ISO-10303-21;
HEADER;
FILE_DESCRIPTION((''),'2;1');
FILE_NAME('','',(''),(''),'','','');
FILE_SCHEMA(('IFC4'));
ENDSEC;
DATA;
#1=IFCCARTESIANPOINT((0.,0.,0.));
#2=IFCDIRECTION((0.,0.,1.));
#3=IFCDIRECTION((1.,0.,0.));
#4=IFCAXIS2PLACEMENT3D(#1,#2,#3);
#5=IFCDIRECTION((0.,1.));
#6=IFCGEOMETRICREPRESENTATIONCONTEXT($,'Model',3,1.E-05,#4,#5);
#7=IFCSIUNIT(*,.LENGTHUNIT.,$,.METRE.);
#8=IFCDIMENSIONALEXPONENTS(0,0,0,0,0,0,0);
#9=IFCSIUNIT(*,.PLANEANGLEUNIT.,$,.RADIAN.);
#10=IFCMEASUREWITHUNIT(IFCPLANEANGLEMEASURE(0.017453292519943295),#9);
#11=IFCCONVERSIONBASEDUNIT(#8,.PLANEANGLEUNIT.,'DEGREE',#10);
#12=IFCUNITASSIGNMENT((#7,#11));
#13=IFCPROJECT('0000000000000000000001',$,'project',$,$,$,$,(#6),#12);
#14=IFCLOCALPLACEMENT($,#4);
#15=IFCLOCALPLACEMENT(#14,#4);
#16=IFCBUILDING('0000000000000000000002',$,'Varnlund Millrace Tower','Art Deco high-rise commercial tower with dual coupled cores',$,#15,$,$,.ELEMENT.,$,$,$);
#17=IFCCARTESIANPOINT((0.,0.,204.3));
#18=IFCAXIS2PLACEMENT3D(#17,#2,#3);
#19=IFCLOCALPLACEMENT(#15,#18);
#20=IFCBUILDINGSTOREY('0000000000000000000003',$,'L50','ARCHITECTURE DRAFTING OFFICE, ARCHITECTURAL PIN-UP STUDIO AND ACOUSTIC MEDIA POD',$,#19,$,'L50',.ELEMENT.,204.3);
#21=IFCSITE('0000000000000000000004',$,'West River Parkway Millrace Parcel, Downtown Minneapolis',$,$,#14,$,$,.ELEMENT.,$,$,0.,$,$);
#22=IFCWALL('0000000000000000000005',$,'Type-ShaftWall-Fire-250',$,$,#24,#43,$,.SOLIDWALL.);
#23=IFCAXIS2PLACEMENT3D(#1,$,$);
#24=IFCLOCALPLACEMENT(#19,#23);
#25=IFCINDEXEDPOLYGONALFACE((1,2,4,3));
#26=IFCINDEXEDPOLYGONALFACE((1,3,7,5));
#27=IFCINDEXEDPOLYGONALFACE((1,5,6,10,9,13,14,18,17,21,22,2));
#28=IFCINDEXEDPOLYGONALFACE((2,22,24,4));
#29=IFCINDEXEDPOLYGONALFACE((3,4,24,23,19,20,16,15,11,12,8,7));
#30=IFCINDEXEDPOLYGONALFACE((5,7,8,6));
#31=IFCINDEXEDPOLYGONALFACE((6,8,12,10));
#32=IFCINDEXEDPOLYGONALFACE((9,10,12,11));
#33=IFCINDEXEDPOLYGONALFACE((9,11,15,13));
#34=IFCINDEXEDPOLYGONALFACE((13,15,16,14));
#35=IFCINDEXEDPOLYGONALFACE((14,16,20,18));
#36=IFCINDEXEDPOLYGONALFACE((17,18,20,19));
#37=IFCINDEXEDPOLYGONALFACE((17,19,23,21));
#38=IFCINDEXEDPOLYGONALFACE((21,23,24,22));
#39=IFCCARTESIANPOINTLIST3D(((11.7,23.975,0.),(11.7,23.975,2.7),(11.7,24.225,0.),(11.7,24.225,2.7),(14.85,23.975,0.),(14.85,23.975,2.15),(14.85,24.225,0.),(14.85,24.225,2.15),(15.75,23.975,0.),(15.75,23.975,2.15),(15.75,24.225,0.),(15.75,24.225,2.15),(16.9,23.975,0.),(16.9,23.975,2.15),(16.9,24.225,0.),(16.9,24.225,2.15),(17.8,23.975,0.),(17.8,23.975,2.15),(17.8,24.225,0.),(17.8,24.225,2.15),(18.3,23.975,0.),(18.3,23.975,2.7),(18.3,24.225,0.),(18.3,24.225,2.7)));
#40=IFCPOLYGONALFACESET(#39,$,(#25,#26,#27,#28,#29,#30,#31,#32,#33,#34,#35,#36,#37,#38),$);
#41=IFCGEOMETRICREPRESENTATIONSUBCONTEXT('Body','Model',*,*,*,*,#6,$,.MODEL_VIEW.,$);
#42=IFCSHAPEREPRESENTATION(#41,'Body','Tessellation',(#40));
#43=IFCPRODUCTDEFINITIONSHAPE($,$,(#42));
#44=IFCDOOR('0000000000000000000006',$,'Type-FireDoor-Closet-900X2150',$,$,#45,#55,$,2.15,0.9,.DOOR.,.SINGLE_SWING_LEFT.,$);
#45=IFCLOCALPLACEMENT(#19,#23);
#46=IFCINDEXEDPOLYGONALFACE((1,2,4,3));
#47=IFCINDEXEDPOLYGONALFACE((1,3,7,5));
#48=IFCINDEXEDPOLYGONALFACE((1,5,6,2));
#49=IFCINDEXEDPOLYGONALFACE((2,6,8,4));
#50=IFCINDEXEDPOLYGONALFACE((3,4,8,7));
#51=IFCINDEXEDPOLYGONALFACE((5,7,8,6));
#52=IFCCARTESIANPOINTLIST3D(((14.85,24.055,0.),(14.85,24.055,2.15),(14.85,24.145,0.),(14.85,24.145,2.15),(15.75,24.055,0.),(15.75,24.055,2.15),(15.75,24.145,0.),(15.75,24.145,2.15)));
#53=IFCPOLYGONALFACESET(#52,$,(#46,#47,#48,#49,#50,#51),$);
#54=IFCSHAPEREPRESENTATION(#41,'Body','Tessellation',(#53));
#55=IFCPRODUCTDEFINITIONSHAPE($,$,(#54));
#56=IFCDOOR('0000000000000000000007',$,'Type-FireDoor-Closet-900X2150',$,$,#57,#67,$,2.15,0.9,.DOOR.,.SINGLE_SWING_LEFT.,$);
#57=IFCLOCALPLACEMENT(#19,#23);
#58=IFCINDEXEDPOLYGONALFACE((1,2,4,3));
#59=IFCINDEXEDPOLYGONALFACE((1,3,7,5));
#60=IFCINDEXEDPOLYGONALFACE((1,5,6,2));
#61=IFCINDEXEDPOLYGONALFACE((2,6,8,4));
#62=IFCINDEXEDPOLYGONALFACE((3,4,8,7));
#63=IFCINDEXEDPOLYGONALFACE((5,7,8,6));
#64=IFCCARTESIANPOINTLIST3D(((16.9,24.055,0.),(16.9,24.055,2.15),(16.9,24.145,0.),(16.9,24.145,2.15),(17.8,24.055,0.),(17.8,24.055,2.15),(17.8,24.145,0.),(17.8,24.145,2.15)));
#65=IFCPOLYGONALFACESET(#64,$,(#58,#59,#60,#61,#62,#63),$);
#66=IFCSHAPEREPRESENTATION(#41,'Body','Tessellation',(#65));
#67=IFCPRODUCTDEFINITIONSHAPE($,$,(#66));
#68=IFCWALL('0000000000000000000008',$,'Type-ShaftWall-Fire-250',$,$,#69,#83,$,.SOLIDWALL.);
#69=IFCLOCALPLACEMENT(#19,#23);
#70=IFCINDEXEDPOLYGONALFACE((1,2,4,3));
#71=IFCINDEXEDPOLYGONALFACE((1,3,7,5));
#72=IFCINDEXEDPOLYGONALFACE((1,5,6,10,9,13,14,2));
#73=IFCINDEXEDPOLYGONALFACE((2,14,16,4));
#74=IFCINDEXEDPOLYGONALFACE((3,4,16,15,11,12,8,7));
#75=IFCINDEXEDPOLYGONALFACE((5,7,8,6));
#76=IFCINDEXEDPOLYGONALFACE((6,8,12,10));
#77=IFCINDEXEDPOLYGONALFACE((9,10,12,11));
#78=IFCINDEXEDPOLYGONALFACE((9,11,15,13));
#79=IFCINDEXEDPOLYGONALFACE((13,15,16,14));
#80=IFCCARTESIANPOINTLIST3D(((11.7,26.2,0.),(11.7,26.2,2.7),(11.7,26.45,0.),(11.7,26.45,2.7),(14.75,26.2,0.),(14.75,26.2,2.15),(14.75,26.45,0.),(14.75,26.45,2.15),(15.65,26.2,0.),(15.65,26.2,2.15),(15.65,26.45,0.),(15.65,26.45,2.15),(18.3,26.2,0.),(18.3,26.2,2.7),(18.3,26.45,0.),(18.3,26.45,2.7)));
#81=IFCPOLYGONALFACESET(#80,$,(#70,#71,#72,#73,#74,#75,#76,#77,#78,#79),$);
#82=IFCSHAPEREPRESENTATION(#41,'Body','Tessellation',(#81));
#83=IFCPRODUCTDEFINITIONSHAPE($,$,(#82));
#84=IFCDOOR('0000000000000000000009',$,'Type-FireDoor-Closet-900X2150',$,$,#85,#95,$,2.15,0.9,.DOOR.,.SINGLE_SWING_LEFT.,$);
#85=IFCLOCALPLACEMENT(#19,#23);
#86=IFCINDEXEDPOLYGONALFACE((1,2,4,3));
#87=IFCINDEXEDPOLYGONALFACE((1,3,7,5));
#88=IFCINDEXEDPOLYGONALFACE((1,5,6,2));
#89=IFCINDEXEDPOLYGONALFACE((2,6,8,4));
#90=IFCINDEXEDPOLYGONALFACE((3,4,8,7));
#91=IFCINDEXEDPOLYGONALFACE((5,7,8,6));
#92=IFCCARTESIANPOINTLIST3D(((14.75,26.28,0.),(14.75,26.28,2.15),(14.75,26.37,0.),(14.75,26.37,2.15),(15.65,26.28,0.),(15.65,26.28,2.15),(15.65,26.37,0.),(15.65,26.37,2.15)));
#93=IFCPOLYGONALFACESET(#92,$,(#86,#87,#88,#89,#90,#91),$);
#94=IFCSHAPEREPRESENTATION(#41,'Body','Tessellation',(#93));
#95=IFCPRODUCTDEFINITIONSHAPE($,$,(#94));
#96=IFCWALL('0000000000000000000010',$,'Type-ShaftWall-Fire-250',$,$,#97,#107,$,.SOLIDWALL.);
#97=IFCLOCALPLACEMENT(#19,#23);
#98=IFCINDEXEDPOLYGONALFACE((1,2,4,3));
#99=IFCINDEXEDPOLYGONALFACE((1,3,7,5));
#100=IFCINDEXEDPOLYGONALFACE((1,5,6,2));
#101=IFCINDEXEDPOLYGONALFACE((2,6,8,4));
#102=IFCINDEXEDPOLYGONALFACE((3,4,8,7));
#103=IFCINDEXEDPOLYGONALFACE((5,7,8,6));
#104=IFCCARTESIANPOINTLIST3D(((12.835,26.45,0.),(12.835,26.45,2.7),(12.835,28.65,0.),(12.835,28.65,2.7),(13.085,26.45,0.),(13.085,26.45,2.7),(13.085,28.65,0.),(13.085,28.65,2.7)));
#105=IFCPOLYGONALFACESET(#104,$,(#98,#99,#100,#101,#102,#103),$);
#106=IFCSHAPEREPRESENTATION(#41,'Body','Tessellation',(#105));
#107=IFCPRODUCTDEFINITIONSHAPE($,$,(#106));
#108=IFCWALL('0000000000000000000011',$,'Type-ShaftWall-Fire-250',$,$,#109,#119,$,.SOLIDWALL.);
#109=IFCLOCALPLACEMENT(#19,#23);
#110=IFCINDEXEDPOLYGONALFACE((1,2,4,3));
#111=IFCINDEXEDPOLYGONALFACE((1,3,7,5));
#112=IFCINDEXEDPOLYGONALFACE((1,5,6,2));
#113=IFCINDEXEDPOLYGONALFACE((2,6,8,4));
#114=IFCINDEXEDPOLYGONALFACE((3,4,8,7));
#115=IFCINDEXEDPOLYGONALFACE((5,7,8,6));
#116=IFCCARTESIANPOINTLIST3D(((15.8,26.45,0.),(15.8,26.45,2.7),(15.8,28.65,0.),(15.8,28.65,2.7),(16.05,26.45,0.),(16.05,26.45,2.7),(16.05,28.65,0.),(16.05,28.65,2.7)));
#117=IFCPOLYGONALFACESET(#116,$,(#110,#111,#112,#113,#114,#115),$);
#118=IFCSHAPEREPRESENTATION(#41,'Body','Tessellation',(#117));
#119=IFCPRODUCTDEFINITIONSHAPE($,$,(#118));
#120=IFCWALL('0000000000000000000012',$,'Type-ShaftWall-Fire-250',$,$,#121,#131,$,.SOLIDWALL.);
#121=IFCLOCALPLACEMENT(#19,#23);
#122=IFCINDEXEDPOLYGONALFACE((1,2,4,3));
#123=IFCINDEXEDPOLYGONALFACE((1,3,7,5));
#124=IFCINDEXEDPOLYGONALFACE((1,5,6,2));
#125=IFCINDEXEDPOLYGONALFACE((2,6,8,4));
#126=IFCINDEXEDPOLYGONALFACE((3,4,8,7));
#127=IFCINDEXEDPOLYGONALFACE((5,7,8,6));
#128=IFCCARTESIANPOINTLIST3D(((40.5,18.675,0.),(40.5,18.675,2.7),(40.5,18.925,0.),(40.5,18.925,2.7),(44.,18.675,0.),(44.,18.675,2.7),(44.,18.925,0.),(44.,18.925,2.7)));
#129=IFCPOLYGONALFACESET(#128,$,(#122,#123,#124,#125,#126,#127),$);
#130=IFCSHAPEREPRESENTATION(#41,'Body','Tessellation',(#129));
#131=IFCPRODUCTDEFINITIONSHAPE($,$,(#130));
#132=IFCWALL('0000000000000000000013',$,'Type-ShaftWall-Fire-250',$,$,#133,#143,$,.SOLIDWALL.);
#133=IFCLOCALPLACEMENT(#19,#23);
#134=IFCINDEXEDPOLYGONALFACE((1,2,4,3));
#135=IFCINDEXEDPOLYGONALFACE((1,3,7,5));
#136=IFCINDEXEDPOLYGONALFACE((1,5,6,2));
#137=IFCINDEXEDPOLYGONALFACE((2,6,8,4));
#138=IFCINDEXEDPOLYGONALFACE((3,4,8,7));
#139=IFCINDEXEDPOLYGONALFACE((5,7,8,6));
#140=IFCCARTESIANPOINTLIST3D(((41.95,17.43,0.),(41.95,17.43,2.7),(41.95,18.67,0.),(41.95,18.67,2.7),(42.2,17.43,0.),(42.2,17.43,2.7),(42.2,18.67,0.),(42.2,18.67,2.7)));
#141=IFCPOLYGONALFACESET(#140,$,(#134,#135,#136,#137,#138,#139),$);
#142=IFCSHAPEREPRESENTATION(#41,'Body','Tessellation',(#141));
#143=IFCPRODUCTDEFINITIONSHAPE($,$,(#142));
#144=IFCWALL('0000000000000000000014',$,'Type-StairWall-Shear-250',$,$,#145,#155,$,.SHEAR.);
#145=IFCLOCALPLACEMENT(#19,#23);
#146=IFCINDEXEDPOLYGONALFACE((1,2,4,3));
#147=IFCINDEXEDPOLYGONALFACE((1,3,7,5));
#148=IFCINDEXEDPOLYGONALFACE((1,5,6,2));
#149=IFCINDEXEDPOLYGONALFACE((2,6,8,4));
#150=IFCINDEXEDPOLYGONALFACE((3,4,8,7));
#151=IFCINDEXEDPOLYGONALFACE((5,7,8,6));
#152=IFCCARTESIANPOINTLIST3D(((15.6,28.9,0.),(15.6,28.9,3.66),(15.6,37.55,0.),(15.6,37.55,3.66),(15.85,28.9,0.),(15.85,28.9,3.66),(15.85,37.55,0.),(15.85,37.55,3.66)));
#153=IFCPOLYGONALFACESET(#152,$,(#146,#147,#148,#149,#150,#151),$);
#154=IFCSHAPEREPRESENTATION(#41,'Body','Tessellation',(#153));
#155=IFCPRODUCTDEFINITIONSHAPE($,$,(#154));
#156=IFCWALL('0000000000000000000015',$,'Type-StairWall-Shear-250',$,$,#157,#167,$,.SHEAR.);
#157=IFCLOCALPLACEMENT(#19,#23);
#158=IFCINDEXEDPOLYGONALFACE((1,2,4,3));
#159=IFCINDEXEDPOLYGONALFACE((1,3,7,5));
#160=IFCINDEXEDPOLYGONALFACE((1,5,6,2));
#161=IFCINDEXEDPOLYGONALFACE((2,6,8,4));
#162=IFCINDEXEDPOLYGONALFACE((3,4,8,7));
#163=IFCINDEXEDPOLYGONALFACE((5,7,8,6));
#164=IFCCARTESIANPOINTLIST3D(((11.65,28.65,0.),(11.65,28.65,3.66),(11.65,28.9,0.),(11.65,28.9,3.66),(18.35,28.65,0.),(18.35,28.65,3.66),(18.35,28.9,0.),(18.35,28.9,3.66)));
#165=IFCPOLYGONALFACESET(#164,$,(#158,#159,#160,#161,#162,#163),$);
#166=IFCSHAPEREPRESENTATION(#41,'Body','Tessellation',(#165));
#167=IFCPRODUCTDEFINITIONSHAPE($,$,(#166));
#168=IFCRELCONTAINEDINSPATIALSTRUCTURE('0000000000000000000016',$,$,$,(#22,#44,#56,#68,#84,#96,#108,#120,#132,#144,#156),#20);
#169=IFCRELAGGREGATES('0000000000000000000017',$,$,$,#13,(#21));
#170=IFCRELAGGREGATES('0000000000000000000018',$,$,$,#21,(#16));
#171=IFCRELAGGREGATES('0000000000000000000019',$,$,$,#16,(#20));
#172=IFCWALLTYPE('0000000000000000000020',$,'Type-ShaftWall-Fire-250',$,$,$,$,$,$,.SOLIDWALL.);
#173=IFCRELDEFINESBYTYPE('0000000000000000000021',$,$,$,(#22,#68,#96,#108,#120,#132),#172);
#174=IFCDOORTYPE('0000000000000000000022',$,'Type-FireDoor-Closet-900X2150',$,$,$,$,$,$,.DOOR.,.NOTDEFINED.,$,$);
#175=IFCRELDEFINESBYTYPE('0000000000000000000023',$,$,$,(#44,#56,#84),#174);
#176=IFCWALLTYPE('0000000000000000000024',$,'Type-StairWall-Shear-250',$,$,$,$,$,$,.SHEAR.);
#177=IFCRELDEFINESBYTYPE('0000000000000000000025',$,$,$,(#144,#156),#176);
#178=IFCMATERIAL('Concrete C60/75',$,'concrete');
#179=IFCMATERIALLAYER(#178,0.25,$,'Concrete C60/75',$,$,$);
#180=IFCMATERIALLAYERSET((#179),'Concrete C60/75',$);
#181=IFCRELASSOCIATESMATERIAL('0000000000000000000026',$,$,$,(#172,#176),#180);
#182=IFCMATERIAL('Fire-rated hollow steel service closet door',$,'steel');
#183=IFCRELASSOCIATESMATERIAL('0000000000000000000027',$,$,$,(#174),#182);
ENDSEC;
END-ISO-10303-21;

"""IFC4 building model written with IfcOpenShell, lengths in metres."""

from ifc_helpers import new_model, entity, si_unit, converted_unit, direction, frame, origin_with_axes, origin_2d_with_axis, place, context, subcontext, project, spatial, polyline, rectangle, outline, extrude, material, layer, layer_set, type_object, element, fill, save


model = new_model("IFC4")

# Units and contexts
model_context = context("Model", 3, precision=1e-05, world=origin_with_axes(), true_north=direction((0.0, 1.0)))
body_context = subcontext(model_context, "Body", "Model", "MODEL_VIEW")
ifc_project = project(units=[si_unit("LENGTHUNIT", "METRE"), converted_unit("PLANEANGLEUNIT", "DEGREE", entity("IfcPlaneAngleMeasure", 0.017453292519943295), si_unit("PLANEANGLEUNIT", "RADIAN"), dimensions=[0, 0, 0, 0, 0, 0, 0])], contexts=[model_context])

# Site, building, storey
site_placement = place(None, origin_with_axes())
site = spatial("IfcSite", under=ifc_project, at=site_placement, Name="West River Parkway Millrace Parcel, Downtown Minneapolis", CompositionType="ELEMENT", RefElevation=0.0)
building_placement = place(site_placement, origin_with_axes())
building = spatial("IfcBuilding", under=site, at=building_placement, Name="Varnlund Millrace Tower", Description="Art Deco high-rise commercial tower with dual coupled cores", CompositionType="ELEMENT")
storey_placement = place(building_placement, frame((0.0, 0.0, 204.3), z_axis=(0.0, 0.0, 1.0), x_axis=(1.0, 0.0, 0.0)))
storey = spatial("IfcBuildingStorey", under=building, at=storey_placement, Name="L50", Description="ARCHITECTURE DRAFTING OFFICE, ARCHITECTURAL PIN-UP STUDIO AND ACOUSTIC MEDIA POD", LongName="L50", CompositionType="ELEMENT", Elevation=204.3)

# Wall, openings, doors
ifc_material_1 = material(Name="Concrete C60/75", Category="concrete")
ifc_layer_1 = layer(ifc_material_1, 0.25, Name="Concrete C60/75")
ifc_layer_set_1 = layer_set([ifc_layer_1], Name="Concrete C60/75")
wall_type_1 = type_object("IfcWallType", Name="Type-ShaftWall-Fire-250", PredefinedType="SOLIDWALL", material=ifc_layer_set_1)
wall_1_placement = place(storey_placement, frame((11.7, 24.1, 0.0), z_axis=(0.0, 0.0, 1.0), x_axis=(1.0, 0.0, 0.0)))
wall_1 = element("IfcWall", 1, at=wall_1_placement, inside=storey, type_object=wall_type_1, Name="Type-ShaftWall-Fire-250", PredefinedType="SOLIDWALL", context=body_context, shape_type="SweptSolid", body=[
    extrude(outline(polyline([(0.0, -0.125), (6.6, -0.125), (6.6, 0.125), (0.0, 0.125), (0.0, -0.125)])), origin_with_axes(), (0.0, 0.0, 1.0), 2.7),
])
opening_1_placement = place(wall_1_placement, frame((3.6, 0.0, 0.0), z_axis=(0.0, 0.0, 1.0), x_axis=(1.0, 0.0, 0.0)))
opening_1 = element("IfcOpeningElement", 2, at=opening_1_placement, cuts=wall_1, PredefinedType="OPENING", context=body_context, shape_type="SweptSolid", body=[
    extrude(rectangle(XDim=0.9, YDim=0.27, at=origin_2d_with_axis()), origin_with_axes(), (0.0, 0.0, 1.0), 2.15),
])
opening_2_placement = place(wall_1_placement, frame((5.65, 0.0, 0.0), z_axis=(0.0, 0.0, 1.0), x_axis=(1.0, 0.0, 0.0)))
opening_2 = element("IfcOpeningElement", 3, at=opening_2_placement, cuts=wall_1, PredefinedType="OPENING", context=body_context, shape_type="SweptSolid", body=[
    extrude(rectangle(XDim=0.9, YDim=0.27, at=origin_2d_with_axis()), origin_with_axes(), (0.0, 0.0, 1.0), 2.15),
])
ifc_material_2 = material(Name="Fire-rated hollow steel service closet door", Category="steel")
door_type_1 = type_object("IfcDoorType", Name="Type-FireDoor-Closet-900X2150", OperationType="NOTDEFINED", PredefinedType="DOOR", material=ifc_material_2)
door_1_placement = place(wall_1_placement, frame((3.6, 0.0, 0.0), z_axis=(0.0, 0.0, 1.0), x_axis=(1.0, 0.0, 0.0)))
door_1 = element("IfcDoor", 4, at=door_1_placement, inside=storey, type_object=door_type_1, Name="Type-FireDoor-Closet-900X2150", OperationType="SINGLE_SWING_LEFT", OverallHeight=2.15, OverallWidth=0.9, PredefinedType="DOOR", context=body_context, shape_type="SweptSolid", body=[
    extrude(rectangle(XDim=0.9, YDim=0.09, at=origin_2d_with_axis()), origin_with_axes(), (0.0, 0.0, 1.0), 2.15),
])
fill(opening_1, door_1)
door_2_placement = place(wall_1_placement, frame((5.65, 0.0, 0.0), z_axis=(0.0, 0.0, 1.0), x_axis=(1.0, 0.0, 0.0)))
door_2 = element("IfcDoor", 5, at=door_2_placement, inside=storey, type_object=door_type_1, Name="Type-FireDoor-Closet-900X2150", OperationType="SINGLE_SWING_LEFT", OverallHeight=2.15, OverallWidth=0.9, PredefinedType="DOOR", context=body_context, shape_type="SweptSolid", body=[
    extrude(rectangle(XDim=0.9, YDim=0.09, at=origin_2d_with_axis()), origin_with_axes(), (0.0, 0.0, 1.0), 2.15),
])
fill(opening_2, door_2)

# Wall, opening, door
wall_2_placement = place(storey_placement, frame((11.7, 26.325, 0.0), z_axis=(0.0, 0.0, 1.0), x_axis=(1.0, 0.0, 0.0)))
wall_2 = element("IfcWall", 6, at=wall_2_placement, inside=storey, type_object=wall_type_1, Name="Type-ShaftWall-Fire-250", PredefinedType="SOLIDWALL", context=body_context, shape_type="SweptSolid", body=[
    extrude(outline(polyline([(0.0, -0.125), (6.6, -0.125), (6.6, 0.125), (0.0, 0.125), (0.0, -0.125)])), origin_with_axes(), (0.0, 0.0, 1.0), 2.7),
])
opening_3_placement = place(wall_2_placement, frame((3.5, 0.0, 0.0), z_axis=(0.0, 0.0, 1.0), x_axis=(1.0, 0.0, 0.0)))
opening_3 = element("IfcOpeningElement", 7, at=opening_3_placement, cuts=wall_2, PredefinedType="OPENING", context=body_context, shape_type="SweptSolid", body=[
    extrude(rectangle(XDim=0.9, YDim=0.27, at=origin_2d_with_axis()), origin_with_axes(), (0.0, 0.0, 1.0), 2.15),
])
door_3_placement = place(wall_2_placement, frame((3.5, 0.0, 0.0), z_axis=(0.0, 0.0, 1.0), x_axis=(1.0, 0.0, 0.0)))
door_3 = element("IfcDoor", 8, at=door_3_placement, inside=storey, type_object=door_type_1, Name="Type-FireDoor-Closet-900X2150", OperationType="SINGLE_SWING_LEFT", OverallHeight=2.15, OverallWidth=0.9, PredefinedType="DOOR", context=body_context, shape_type="SweptSolid", body=[
    extrude(rectangle(XDim=0.9, YDim=0.09, at=origin_2d_with_axis()), origin_with_axes(), (0.0, 0.0, 1.0), 2.15),
])
fill(opening_3, door_3)

# Walls
for number, where, z_axis, x_axis, name in (
    (9, (12.96, 26.45, 0.0), (0.0, 0.0, 1.0), (0.0, 1.0, 0.0), "Type-ShaftWall-Fire-250"),
    (10, (15.925, 26.45, 0.0), (0.0, 0.0, 1.0), (0.0, 1.0, 0.0), "Type-ShaftWall-Fire-250"),
):
    element("IfcWall", number, at=place(storey_placement, frame(where, z_axis=z_axis, x_axis=x_axis)), inside=storey, type_object=wall_type_1, Name=name, PredefinedType="SOLIDWALL", context=body_context, shape_type="SweptSolid", body=[
        extrude(outline(polyline([(0.0, -0.125), (2.2, -0.125), (2.2, 0.125), (0.0, 0.125), (0.0, -0.125)])), origin_with_axes(), (0.0, 0.0, 1.0), 2.7),
    ])
wall_3_placement = place(storey_placement, frame((40.5, 18.8, 0.0), z_axis=(0.0, 0.0, 1.0), x_axis=(1.0, 0.0, 0.0)))
element("IfcWall", 11, at=wall_3_placement, inside=storey, type_object=wall_type_1, Name="Type-ShaftWall-Fire-250", PredefinedType="SOLIDWALL", context=body_context, shape_type="SweptSolid", body=[
    extrude(outline(polyline([(0.0, -0.125), (3.5, -0.125), (3.5, 0.125), (0.0, 0.125), (0.0, -0.125)])), origin_with_axes(), (0.0, 0.0, 1.0), 2.7),
])
wall_4_placement = place(storey_placement, frame((42.075, 17.43, 0.0), z_axis=(0.0, 0.0, 1.0), x_axis=(0.0, 1.0, 0.0)))
element("IfcWall", 12, at=wall_4_placement, inside=storey, type_object=wall_type_1, Name="Type-ShaftWall-Fire-250", PredefinedType="SOLIDWALL", context=body_context, shape_type="SweptSolid", body=[
    extrude(outline(polyline([(0.0, -0.125), (1.24, -0.125), (1.24, 0.125), (0.0, 0.125), (0.0, -0.125)])), origin_with_axes(), (0.0, 0.0, 1.0), 2.7),
])
wall_type_2 = type_object("IfcWallType", Name="Type-StairWall-Shear-250", PredefinedType="SHEAR", material=ifc_layer_set_1)
wall_5_placement = place(storey_placement, frame((15.725, 28.9, 0.0), z_axis=(0.0, 0.0, 1.0), x_axis=(0.0, 1.0, 0.0)))
element("IfcWall", 13, at=wall_5_placement, inside=storey, type_object=wall_type_2, Name="Type-StairWall-Shear-250", PredefinedType="SHEAR", context=body_context, shape_type="SweptSolid", body=[
    extrude(outline(polyline([(0.0, -0.125), (8.65, -0.125), (8.65, 0.125), (0.0, 0.125), (0.0, -0.125)])), origin_with_axes(), (0.0, 0.0, 1.0), 3.66),
])
wall_6_placement = place(storey_placement, frame((11.65, 28.775, 0.0), z_axis=(0.0, 0.0, 1.0), x_axis=(1.0, 0.0, 0.0)))
element("IfcWall", 14, at=wall_6_placement, inside=storey, type_object=wall_type_2, Name="Type-StairWall-Shear-250", PredefinedType="SHEAR", context=body_context, shape_type="SweptSolid", body=[
    extrude(outline(polyline([(0.0, -0.125), (6.7, -0.125), (6.7, 0.125), (0.0, 0.125), (0.0, -0.125)])), origin_with_axes(), (0.0, 0.0, 1.0), 3.66),
])

save(model, "model.ifc")
